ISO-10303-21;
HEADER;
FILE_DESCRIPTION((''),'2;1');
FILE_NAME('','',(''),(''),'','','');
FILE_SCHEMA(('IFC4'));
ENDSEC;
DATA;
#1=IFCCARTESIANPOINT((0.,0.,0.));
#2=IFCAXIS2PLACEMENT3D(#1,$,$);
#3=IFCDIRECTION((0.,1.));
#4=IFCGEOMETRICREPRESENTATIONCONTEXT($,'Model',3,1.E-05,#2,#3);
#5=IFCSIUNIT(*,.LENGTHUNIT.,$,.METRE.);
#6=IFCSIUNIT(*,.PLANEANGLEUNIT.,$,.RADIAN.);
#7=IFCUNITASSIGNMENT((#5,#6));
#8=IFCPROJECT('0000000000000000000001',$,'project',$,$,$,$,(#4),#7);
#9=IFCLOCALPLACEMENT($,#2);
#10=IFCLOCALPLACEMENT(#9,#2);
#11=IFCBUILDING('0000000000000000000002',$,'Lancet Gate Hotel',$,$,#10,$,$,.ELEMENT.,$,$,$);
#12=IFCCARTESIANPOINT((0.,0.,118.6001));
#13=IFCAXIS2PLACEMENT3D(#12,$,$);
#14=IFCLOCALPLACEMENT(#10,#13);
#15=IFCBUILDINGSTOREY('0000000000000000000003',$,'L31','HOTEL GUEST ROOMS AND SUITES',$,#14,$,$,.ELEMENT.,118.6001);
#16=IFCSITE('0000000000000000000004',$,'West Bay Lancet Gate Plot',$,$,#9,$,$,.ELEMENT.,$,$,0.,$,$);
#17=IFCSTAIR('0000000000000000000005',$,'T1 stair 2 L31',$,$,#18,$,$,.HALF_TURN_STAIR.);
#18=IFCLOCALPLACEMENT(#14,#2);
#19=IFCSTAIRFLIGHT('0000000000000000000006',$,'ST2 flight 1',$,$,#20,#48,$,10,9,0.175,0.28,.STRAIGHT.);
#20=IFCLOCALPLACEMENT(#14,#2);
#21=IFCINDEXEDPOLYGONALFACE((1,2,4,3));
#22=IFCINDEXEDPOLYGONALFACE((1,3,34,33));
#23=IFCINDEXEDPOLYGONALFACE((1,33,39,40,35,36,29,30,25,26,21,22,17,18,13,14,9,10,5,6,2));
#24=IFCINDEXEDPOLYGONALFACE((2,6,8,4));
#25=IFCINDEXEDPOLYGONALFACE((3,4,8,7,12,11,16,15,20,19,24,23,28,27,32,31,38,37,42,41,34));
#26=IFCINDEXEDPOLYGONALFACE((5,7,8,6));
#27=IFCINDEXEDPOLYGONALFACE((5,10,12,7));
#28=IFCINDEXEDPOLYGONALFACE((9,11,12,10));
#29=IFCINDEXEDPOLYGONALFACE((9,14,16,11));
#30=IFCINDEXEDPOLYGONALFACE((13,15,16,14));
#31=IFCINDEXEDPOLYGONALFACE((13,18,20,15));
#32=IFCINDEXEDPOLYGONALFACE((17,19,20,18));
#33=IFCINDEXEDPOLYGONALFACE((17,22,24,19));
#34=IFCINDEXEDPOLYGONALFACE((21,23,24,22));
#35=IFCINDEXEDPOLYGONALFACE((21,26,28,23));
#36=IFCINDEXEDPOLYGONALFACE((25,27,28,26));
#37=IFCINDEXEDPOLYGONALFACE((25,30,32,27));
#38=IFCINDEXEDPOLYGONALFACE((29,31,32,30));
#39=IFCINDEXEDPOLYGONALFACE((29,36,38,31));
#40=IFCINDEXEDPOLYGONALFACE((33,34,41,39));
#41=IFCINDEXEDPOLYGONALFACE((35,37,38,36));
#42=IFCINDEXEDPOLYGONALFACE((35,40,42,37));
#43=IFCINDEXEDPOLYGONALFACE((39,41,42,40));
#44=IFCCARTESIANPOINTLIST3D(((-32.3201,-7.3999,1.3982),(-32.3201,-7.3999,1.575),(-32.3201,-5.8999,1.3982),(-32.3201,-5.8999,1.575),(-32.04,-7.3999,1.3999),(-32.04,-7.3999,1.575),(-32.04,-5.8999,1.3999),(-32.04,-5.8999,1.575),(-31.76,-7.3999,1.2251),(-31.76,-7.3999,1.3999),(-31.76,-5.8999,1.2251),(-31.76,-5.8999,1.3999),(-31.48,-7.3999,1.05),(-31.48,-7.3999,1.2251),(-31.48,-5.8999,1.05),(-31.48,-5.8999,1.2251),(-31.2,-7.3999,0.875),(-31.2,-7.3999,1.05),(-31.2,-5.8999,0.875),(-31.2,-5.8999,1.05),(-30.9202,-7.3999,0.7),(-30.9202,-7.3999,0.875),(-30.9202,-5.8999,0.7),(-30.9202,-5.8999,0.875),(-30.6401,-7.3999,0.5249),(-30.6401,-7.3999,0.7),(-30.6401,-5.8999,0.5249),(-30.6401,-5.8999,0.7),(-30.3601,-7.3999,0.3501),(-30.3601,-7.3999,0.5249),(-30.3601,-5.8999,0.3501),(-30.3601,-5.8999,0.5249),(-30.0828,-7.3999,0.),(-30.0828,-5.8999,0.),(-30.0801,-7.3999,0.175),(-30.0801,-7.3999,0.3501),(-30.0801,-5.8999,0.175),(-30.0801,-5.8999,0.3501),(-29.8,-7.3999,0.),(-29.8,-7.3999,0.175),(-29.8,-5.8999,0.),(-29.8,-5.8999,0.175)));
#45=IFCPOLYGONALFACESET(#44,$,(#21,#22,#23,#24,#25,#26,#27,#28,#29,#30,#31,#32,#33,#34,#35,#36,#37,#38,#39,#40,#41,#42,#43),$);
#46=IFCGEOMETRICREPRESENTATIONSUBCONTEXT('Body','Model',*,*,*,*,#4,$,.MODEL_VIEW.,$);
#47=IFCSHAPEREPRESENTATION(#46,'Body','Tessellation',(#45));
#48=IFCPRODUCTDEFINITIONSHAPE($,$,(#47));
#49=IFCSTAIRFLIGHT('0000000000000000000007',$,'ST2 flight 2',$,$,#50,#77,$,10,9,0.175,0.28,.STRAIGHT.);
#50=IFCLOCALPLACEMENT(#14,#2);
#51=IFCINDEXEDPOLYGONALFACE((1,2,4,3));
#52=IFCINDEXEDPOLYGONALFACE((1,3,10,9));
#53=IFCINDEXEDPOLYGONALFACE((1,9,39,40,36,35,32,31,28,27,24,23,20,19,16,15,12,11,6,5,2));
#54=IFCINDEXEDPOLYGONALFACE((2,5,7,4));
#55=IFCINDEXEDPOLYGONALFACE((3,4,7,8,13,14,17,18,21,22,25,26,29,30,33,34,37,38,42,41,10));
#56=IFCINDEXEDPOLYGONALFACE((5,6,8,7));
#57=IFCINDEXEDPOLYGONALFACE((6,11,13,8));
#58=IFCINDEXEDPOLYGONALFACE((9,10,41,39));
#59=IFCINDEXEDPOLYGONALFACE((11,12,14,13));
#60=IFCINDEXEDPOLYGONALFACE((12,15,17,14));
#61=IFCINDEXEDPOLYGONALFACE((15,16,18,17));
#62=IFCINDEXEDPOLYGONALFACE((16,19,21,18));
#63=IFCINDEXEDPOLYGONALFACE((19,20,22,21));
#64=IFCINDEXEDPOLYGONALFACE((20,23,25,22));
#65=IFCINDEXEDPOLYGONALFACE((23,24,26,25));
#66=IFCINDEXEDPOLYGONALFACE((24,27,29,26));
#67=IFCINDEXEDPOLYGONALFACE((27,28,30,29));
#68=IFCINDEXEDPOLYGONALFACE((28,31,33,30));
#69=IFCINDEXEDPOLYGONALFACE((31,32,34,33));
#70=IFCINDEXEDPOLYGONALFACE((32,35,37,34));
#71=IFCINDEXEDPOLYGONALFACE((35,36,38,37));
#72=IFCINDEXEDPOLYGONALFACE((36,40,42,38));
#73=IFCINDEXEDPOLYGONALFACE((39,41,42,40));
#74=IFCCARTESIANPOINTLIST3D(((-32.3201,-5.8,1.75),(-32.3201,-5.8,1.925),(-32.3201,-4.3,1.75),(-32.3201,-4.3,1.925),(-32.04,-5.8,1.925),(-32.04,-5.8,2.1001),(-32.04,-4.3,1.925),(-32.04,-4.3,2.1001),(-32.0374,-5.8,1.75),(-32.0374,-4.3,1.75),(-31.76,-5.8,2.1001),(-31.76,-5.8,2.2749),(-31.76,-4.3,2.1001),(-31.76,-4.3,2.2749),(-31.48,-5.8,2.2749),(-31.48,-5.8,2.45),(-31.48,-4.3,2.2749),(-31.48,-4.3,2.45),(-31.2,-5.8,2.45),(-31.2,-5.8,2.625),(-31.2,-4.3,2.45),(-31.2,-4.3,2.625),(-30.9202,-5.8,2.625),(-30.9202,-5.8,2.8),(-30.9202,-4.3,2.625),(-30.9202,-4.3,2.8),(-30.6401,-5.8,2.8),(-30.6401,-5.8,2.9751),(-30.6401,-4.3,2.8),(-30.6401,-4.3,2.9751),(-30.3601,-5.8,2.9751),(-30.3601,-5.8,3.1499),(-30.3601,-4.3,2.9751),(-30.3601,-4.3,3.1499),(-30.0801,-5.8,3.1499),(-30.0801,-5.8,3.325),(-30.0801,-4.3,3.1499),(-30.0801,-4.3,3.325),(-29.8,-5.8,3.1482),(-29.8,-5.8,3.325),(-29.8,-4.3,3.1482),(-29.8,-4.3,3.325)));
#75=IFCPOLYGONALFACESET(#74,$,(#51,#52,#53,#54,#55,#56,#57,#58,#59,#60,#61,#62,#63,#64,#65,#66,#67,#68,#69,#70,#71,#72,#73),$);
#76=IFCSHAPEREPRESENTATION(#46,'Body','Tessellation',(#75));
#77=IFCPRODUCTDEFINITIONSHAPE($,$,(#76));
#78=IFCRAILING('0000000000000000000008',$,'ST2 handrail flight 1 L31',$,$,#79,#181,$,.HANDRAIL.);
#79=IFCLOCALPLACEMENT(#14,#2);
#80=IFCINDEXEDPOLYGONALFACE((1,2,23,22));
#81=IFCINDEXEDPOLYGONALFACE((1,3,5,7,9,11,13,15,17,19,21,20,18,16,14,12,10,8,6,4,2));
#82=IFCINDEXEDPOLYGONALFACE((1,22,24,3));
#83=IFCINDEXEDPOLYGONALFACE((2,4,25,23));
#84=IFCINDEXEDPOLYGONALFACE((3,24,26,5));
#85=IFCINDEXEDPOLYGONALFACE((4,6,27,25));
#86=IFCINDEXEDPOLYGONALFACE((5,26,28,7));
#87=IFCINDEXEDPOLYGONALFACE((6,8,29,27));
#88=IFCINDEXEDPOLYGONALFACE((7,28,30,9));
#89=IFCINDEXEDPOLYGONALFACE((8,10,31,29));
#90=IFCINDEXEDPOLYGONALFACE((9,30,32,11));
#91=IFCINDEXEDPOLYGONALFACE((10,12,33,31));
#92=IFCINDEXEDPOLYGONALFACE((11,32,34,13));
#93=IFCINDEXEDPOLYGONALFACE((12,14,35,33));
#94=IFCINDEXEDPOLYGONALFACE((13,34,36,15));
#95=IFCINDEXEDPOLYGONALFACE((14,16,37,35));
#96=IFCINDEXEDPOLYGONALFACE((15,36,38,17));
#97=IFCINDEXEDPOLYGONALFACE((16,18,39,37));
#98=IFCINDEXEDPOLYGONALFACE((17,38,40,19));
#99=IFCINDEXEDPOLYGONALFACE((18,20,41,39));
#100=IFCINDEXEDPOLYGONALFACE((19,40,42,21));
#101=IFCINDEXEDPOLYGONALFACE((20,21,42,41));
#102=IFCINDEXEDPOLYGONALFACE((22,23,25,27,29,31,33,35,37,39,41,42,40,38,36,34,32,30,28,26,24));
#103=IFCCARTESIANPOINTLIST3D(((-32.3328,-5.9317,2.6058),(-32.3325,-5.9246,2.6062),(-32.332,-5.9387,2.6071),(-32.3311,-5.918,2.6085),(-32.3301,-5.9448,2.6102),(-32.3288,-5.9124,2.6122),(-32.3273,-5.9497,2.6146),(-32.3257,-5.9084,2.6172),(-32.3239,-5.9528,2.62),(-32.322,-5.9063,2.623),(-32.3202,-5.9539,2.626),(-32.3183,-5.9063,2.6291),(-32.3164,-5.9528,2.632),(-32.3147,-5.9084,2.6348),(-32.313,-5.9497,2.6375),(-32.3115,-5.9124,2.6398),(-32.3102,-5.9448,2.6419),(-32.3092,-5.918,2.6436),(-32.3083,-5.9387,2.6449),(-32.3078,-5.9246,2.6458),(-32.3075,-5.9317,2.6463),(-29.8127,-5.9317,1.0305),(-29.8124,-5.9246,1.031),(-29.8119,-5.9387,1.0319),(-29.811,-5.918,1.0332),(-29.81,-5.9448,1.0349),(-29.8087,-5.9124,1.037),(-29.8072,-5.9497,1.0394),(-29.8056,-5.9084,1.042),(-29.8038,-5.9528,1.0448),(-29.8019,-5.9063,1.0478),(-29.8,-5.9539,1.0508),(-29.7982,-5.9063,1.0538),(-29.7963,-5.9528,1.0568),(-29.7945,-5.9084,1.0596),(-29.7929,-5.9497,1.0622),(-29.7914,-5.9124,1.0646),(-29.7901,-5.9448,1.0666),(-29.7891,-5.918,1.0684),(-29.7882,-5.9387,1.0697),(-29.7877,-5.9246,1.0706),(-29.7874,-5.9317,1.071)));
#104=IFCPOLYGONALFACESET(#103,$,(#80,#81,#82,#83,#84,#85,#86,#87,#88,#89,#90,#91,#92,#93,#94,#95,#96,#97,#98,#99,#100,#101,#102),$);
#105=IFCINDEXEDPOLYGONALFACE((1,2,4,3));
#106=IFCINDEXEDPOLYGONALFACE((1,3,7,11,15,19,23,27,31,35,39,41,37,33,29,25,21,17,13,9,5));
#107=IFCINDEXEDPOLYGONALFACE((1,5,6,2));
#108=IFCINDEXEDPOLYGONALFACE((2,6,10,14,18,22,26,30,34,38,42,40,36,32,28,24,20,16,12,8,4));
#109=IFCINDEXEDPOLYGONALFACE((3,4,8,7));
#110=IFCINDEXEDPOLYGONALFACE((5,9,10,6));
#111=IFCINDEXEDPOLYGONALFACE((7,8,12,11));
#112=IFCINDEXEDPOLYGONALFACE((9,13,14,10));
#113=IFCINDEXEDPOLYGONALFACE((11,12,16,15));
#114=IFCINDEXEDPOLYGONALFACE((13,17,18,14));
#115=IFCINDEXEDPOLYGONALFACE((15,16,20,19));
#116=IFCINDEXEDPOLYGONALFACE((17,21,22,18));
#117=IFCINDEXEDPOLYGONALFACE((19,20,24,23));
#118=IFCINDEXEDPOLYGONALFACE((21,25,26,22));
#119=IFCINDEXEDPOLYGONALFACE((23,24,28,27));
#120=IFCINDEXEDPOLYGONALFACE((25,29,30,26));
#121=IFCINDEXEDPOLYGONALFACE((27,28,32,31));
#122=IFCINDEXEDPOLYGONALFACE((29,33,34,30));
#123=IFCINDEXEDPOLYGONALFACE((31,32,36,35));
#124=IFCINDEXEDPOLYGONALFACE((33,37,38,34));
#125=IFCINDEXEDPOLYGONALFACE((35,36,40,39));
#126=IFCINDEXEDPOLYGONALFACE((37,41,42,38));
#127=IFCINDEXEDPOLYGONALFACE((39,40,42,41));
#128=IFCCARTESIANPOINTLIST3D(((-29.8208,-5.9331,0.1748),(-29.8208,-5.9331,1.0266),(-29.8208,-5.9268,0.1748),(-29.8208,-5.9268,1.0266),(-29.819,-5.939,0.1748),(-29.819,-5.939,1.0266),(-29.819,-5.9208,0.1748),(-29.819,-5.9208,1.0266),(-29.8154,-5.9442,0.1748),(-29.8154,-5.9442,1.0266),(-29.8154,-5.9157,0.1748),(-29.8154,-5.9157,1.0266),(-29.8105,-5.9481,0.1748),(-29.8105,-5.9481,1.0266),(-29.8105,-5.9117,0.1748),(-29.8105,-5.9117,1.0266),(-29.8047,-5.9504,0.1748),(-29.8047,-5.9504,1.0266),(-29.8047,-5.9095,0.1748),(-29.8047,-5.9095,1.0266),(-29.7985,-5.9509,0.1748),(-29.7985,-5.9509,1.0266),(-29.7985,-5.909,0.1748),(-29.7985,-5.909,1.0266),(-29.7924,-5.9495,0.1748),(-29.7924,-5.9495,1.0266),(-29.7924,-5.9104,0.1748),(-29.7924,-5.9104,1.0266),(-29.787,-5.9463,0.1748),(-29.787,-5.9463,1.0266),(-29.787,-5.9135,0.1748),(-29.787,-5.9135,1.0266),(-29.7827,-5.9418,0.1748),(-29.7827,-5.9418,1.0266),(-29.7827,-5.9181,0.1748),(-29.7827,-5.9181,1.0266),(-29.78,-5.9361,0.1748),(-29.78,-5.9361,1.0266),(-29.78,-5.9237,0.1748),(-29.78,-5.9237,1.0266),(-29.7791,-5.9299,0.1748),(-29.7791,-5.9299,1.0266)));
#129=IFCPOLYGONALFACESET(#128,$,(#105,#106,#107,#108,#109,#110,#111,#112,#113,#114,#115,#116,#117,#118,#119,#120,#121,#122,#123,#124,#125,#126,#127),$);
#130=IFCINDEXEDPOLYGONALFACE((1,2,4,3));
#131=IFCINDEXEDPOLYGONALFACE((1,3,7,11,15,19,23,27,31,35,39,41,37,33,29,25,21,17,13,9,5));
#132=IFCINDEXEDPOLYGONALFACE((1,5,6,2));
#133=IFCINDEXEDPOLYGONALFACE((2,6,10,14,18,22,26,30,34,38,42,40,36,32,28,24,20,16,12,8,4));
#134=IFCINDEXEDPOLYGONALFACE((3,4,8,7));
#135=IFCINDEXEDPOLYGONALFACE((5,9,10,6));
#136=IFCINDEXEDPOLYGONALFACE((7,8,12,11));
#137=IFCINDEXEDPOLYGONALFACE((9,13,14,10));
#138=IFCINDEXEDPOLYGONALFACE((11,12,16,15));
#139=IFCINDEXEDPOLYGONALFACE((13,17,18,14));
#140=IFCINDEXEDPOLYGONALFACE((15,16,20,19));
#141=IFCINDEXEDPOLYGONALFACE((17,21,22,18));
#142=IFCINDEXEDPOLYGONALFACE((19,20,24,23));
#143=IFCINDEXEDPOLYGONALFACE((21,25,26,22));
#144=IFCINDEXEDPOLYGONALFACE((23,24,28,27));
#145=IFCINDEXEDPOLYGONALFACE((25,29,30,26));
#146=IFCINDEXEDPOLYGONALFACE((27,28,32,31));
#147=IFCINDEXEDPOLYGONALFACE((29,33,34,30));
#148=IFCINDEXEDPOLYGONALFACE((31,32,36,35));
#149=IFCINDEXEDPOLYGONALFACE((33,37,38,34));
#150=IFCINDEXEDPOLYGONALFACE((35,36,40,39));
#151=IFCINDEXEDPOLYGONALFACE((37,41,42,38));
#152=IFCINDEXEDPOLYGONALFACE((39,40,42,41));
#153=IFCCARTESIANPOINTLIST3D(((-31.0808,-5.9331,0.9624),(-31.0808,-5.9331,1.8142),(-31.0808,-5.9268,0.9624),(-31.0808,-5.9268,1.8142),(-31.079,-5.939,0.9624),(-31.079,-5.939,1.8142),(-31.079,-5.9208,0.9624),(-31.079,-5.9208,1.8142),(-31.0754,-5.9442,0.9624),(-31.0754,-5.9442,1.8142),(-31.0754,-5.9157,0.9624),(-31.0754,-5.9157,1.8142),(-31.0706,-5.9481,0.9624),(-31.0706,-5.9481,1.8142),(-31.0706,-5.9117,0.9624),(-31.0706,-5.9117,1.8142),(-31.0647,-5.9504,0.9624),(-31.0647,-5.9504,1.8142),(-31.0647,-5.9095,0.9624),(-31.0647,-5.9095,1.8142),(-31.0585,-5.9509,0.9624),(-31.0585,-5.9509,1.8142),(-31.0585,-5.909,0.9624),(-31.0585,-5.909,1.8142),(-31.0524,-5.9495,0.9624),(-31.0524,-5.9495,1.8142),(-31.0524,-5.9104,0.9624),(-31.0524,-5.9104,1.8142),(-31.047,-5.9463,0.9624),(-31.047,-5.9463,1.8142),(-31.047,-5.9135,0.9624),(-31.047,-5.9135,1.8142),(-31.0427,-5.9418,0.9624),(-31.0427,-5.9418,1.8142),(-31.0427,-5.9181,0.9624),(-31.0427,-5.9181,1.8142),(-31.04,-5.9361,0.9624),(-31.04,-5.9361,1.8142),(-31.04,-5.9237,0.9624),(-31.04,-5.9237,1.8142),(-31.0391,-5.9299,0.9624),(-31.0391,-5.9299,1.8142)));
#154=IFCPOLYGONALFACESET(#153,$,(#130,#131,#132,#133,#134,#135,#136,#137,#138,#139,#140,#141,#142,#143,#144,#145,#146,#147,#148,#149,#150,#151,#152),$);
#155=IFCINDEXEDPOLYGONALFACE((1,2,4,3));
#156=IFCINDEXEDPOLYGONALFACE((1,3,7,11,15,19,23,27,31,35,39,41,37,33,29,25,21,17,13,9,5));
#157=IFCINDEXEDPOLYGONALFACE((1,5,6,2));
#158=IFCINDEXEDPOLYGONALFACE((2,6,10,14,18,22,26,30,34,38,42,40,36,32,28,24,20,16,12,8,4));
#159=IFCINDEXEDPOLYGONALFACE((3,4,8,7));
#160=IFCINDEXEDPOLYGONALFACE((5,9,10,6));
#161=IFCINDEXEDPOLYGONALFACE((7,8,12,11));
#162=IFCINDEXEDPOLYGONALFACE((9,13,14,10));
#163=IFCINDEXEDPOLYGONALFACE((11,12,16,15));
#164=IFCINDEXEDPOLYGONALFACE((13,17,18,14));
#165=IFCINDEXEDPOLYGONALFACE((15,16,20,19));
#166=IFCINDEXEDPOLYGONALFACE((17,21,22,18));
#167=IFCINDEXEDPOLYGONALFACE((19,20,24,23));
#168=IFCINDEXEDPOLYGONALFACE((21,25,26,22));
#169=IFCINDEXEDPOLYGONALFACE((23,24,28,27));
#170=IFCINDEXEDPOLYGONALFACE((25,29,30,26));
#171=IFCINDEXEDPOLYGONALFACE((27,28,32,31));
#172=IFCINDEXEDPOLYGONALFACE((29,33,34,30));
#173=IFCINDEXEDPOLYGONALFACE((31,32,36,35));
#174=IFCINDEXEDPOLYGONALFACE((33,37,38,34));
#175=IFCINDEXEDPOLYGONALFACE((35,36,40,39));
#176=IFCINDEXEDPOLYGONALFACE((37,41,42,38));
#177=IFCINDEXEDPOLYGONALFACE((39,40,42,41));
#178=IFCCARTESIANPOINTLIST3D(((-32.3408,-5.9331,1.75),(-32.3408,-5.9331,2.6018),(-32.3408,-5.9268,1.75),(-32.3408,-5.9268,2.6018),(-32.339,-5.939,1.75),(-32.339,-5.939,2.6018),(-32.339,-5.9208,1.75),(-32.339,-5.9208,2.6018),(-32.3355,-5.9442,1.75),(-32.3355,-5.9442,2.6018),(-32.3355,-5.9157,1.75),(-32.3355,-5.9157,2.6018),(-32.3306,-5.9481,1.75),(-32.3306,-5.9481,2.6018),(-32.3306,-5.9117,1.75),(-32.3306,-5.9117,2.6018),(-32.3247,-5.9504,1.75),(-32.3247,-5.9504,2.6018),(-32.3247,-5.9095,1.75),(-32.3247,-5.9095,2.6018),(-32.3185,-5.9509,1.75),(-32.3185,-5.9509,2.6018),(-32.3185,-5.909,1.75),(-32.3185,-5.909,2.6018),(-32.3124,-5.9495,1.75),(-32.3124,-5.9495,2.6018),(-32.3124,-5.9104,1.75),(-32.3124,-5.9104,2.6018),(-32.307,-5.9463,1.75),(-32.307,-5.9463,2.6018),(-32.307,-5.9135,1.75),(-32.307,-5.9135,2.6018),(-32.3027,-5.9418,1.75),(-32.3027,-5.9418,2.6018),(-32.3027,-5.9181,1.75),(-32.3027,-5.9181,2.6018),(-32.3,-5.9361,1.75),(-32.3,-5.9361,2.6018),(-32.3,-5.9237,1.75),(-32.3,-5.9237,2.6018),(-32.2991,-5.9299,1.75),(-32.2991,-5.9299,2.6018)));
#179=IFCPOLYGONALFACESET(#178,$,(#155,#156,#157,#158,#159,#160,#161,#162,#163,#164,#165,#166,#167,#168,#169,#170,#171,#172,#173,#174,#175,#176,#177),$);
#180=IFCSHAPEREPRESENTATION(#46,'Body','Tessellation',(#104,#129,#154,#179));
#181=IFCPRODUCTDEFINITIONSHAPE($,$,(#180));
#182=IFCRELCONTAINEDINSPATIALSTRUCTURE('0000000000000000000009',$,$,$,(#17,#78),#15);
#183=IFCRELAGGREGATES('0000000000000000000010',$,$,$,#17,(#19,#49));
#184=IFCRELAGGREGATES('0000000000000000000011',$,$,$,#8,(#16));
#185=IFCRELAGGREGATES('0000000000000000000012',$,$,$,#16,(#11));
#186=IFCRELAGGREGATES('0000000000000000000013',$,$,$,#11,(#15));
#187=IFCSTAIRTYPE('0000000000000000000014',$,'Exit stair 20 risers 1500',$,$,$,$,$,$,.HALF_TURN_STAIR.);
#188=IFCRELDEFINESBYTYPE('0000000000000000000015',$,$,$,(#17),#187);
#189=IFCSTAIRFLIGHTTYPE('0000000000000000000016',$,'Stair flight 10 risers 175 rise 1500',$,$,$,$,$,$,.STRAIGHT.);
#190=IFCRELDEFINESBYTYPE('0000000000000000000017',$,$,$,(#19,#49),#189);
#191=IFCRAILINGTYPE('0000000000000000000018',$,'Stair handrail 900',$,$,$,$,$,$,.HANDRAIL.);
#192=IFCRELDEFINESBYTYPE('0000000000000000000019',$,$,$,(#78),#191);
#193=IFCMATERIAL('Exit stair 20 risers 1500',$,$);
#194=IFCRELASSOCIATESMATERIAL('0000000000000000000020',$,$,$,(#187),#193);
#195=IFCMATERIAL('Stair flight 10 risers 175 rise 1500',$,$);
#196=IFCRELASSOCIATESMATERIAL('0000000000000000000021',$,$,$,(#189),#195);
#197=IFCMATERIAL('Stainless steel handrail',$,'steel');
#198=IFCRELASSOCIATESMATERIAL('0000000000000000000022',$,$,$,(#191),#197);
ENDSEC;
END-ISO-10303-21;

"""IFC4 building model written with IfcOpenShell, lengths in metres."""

from ifc_helpers import new_model, si_unit, direction, frame, origin, origin_2d, place, context, subcontext, project, spatial, polyline, circle, outline, extrude, material, type_object, element, aggregate, save


model = new_model("IFC4")

# Units and contexts
model_context = context("Model", 3, precision=1e-05, world=origin(), true_north=direction((0.0, 1.0)))
body_context = subcontext(model_context, "Body", "Model", "MODEL_VIEW")
ifc_project = project(units=[si_unit("LENGTHUNIT", "METRE"), si_unit("PLANEANGLEUNIT", "RADIAN")], contexts=[model_context])

# Site, building, storey
site_placement = place(None, origin())
site = spatial("IfcSite", under=ifc_project, at=site_placement, Name="West Bay Lancet Gate Plot", CompositionType="ELEMENT", RefElevation=0.0)
building_placement = place(site_placement, origin())
building = spatial("IfcBuilding", under=site, at=building_placement, Name="Lancet Gate Hotel", CompositionType="ELEMENT")
storey_placement = place(building_placement, frame((0.0, 0.0, 118.6001)))
storey = spatial("IfcBuildingStorey", under=building, at=storey_placement, Name="L31", Description="HOTEL GUEST ROOMS AND SUITES", CompositionType="ELEMENT", Elevation=118.6001)

# Stair, stair flights
ifc_material_1 = material(Name="Exit stair 20 risers 1500")
stair_type = type_object("IfcStairType", Name="Exit stair 20 risers 1500", PredefinedType="HALF_TURN_STAIR", material=ifc_material_1)
stair_placement = place(storey_placement, origin())
stair = element("IfcStair", 1, at=stair_placement, inside=storey, type_object=stair_type, Name="T1 stair 2 L31", PredefinedType="HALF_TURN_STAIR")
ifc_material_2 = material(Name="Stair flight 10 risers 175 rise 1500")
stair_flight_type = type_object("IfcStairFlightType", Name="Stair flight 10 risers 175 rise 1500", PredefinedType="STRAIGHT", material=ifc_material_2)
stair_flight_1_placement = place(storey_placement, frame((-29.8, -6.6499, 0.0), z_axis=(0.0, 0.0, 1.0), x_axis=(-1.0, 0.0, 0.0)))
stair_flight_1 = element("IfcStairFlight", 2, at=stair_flight_1_placement, type_object=stair_flight_type, Name="ST2 flight 1", NumberOfRisers=10, NumberOfTreads=9, PredefinedType="STRAIGHT", RiserHeight=0.175, TreadLength=0.28, context=body_context, shape_type="SweptSolid", body=[
    extrude(outline(polyline([(0.0, 0.0), (0.0, 0.175), (0.28, 0.175), (0.28, 0.3501), (0.5601, 0.3501), (0.5601, 0.5249), (0.8401, 0.5249), (0.8401, 0.7), (1.1201, 0.7), (1.1201, 0.875), (1.3999, 0.875), (1.3999, 1.05), (1.6799, 1.05), (1.6799, 1.2251), (1.96, 1.2251), (1.96, 1.3999), (2.24, 1.3999), (2.24, 1.575), (2.52, 1.575), (2.52, 1.75), (2.52, 1.3982), (0.2827, 0.0), (0.0, 0.0)])), frame((0.0, 0.75, 0.0), z_axis=(0.0, -1.0, 0.0), x_axis=(1.0, 0.0, 0.0)), (0.0, 0.0, 1.0), 1.5),
])
stair_flight_2_placement = place(storey_placement, frame((-32.3201, -5.05, 1.75), z_axis=(0.0, 0.0, 1.0), x_axis=(1.0, 0.0, 0.0)))
stair_flight_2 = element("IfcStairFlight", 3, at=stair_flight_2_placement, type_object=stair_flight_type, Name="ST2 flight 2", NumberOfRisers=10, NumberOfTreads=9, PredefinedType="STRAIGHT", RiserHeight=0.175, TreadLength=0.28, context=body_context, shape_type="SweptSolid", body=[
    extrude(outline(polyline([(0.0, 0.0), (0.0, 0.175), (0.28, 0.175), (0.28, 0.3501), (0.5601, 0.3501), (0.5601, 0.5249), (0.8401, 0.5249), (0.8401, 0.7), (1.1201, 0.7), (1.1201, 0.875), (1.3999, 0.875), (1.3999, 1.05), (1.6799, 1.05), (1.6799, 1.2251), (1.96, 1.2251), (1.96, 1.3999), (2.24, 1.3999), (2.24, 1.575), (2.52, 1.575), (2.52, 1.75), (2.52, 1.3982), (0.2827, 0.0), (0.0, 0.0)])), frame((0.0, 0.75, 0.0), z_axis=(0.0, -1.0, 0.0), x_axis=(1.0, 0.0, 0.0)), (0.0, 0.0, 1.0), 1.5),
])
aggregate(stair, [stair_flight_1, stair_flight_2])

# Railing
ifc_material_3 = material(Name="Stainless steel handrail", Category="steel")
railing_type = type_object("IfcRailingType", Name="Stair handrail 900", PredefinedType="HANDRAIL", material=ifc_material_3)
railing_1_placement = place(storey_placement, frame((-29.8, -5.9299, 0.1748)))
element("IfcRailing", 4, at=railing_1_placement, inside=storey, type_object=railing_type, Name="ST2 handrail flight 1 L31", PredefinedType="HANDRAIL", context=body_context, shape_type="SweptSolid", body=[
    extrude(circle(Radius=0.0239, at=origin_2d()), frame((0.0, 0.0, 0.876), z_axis=(-0.847971, 0.0, 0.530043), x_axis=(0.0, -1.0, 0.0)), (0.0, 0.0, 1.0), 2.9719),
    extrude(circle(Radius=0.021, at=origin_2d()), origin(), (0.0, 0.0, 1.0), 0.8518),
    extrude(circle(Radius=0.021, at=origin_2d()), frame((-1.26, 0.0, 0.7876)), (0.0, 0.0, 1.0), 0.8518),
    extrude(circle(Radius=0.021, at=origin_2d()), frame((-2.52, 0.0, 1.5752)), (0.0, 0.0, 1.0), 0.8518),
])

save(model, "model.ifc")
